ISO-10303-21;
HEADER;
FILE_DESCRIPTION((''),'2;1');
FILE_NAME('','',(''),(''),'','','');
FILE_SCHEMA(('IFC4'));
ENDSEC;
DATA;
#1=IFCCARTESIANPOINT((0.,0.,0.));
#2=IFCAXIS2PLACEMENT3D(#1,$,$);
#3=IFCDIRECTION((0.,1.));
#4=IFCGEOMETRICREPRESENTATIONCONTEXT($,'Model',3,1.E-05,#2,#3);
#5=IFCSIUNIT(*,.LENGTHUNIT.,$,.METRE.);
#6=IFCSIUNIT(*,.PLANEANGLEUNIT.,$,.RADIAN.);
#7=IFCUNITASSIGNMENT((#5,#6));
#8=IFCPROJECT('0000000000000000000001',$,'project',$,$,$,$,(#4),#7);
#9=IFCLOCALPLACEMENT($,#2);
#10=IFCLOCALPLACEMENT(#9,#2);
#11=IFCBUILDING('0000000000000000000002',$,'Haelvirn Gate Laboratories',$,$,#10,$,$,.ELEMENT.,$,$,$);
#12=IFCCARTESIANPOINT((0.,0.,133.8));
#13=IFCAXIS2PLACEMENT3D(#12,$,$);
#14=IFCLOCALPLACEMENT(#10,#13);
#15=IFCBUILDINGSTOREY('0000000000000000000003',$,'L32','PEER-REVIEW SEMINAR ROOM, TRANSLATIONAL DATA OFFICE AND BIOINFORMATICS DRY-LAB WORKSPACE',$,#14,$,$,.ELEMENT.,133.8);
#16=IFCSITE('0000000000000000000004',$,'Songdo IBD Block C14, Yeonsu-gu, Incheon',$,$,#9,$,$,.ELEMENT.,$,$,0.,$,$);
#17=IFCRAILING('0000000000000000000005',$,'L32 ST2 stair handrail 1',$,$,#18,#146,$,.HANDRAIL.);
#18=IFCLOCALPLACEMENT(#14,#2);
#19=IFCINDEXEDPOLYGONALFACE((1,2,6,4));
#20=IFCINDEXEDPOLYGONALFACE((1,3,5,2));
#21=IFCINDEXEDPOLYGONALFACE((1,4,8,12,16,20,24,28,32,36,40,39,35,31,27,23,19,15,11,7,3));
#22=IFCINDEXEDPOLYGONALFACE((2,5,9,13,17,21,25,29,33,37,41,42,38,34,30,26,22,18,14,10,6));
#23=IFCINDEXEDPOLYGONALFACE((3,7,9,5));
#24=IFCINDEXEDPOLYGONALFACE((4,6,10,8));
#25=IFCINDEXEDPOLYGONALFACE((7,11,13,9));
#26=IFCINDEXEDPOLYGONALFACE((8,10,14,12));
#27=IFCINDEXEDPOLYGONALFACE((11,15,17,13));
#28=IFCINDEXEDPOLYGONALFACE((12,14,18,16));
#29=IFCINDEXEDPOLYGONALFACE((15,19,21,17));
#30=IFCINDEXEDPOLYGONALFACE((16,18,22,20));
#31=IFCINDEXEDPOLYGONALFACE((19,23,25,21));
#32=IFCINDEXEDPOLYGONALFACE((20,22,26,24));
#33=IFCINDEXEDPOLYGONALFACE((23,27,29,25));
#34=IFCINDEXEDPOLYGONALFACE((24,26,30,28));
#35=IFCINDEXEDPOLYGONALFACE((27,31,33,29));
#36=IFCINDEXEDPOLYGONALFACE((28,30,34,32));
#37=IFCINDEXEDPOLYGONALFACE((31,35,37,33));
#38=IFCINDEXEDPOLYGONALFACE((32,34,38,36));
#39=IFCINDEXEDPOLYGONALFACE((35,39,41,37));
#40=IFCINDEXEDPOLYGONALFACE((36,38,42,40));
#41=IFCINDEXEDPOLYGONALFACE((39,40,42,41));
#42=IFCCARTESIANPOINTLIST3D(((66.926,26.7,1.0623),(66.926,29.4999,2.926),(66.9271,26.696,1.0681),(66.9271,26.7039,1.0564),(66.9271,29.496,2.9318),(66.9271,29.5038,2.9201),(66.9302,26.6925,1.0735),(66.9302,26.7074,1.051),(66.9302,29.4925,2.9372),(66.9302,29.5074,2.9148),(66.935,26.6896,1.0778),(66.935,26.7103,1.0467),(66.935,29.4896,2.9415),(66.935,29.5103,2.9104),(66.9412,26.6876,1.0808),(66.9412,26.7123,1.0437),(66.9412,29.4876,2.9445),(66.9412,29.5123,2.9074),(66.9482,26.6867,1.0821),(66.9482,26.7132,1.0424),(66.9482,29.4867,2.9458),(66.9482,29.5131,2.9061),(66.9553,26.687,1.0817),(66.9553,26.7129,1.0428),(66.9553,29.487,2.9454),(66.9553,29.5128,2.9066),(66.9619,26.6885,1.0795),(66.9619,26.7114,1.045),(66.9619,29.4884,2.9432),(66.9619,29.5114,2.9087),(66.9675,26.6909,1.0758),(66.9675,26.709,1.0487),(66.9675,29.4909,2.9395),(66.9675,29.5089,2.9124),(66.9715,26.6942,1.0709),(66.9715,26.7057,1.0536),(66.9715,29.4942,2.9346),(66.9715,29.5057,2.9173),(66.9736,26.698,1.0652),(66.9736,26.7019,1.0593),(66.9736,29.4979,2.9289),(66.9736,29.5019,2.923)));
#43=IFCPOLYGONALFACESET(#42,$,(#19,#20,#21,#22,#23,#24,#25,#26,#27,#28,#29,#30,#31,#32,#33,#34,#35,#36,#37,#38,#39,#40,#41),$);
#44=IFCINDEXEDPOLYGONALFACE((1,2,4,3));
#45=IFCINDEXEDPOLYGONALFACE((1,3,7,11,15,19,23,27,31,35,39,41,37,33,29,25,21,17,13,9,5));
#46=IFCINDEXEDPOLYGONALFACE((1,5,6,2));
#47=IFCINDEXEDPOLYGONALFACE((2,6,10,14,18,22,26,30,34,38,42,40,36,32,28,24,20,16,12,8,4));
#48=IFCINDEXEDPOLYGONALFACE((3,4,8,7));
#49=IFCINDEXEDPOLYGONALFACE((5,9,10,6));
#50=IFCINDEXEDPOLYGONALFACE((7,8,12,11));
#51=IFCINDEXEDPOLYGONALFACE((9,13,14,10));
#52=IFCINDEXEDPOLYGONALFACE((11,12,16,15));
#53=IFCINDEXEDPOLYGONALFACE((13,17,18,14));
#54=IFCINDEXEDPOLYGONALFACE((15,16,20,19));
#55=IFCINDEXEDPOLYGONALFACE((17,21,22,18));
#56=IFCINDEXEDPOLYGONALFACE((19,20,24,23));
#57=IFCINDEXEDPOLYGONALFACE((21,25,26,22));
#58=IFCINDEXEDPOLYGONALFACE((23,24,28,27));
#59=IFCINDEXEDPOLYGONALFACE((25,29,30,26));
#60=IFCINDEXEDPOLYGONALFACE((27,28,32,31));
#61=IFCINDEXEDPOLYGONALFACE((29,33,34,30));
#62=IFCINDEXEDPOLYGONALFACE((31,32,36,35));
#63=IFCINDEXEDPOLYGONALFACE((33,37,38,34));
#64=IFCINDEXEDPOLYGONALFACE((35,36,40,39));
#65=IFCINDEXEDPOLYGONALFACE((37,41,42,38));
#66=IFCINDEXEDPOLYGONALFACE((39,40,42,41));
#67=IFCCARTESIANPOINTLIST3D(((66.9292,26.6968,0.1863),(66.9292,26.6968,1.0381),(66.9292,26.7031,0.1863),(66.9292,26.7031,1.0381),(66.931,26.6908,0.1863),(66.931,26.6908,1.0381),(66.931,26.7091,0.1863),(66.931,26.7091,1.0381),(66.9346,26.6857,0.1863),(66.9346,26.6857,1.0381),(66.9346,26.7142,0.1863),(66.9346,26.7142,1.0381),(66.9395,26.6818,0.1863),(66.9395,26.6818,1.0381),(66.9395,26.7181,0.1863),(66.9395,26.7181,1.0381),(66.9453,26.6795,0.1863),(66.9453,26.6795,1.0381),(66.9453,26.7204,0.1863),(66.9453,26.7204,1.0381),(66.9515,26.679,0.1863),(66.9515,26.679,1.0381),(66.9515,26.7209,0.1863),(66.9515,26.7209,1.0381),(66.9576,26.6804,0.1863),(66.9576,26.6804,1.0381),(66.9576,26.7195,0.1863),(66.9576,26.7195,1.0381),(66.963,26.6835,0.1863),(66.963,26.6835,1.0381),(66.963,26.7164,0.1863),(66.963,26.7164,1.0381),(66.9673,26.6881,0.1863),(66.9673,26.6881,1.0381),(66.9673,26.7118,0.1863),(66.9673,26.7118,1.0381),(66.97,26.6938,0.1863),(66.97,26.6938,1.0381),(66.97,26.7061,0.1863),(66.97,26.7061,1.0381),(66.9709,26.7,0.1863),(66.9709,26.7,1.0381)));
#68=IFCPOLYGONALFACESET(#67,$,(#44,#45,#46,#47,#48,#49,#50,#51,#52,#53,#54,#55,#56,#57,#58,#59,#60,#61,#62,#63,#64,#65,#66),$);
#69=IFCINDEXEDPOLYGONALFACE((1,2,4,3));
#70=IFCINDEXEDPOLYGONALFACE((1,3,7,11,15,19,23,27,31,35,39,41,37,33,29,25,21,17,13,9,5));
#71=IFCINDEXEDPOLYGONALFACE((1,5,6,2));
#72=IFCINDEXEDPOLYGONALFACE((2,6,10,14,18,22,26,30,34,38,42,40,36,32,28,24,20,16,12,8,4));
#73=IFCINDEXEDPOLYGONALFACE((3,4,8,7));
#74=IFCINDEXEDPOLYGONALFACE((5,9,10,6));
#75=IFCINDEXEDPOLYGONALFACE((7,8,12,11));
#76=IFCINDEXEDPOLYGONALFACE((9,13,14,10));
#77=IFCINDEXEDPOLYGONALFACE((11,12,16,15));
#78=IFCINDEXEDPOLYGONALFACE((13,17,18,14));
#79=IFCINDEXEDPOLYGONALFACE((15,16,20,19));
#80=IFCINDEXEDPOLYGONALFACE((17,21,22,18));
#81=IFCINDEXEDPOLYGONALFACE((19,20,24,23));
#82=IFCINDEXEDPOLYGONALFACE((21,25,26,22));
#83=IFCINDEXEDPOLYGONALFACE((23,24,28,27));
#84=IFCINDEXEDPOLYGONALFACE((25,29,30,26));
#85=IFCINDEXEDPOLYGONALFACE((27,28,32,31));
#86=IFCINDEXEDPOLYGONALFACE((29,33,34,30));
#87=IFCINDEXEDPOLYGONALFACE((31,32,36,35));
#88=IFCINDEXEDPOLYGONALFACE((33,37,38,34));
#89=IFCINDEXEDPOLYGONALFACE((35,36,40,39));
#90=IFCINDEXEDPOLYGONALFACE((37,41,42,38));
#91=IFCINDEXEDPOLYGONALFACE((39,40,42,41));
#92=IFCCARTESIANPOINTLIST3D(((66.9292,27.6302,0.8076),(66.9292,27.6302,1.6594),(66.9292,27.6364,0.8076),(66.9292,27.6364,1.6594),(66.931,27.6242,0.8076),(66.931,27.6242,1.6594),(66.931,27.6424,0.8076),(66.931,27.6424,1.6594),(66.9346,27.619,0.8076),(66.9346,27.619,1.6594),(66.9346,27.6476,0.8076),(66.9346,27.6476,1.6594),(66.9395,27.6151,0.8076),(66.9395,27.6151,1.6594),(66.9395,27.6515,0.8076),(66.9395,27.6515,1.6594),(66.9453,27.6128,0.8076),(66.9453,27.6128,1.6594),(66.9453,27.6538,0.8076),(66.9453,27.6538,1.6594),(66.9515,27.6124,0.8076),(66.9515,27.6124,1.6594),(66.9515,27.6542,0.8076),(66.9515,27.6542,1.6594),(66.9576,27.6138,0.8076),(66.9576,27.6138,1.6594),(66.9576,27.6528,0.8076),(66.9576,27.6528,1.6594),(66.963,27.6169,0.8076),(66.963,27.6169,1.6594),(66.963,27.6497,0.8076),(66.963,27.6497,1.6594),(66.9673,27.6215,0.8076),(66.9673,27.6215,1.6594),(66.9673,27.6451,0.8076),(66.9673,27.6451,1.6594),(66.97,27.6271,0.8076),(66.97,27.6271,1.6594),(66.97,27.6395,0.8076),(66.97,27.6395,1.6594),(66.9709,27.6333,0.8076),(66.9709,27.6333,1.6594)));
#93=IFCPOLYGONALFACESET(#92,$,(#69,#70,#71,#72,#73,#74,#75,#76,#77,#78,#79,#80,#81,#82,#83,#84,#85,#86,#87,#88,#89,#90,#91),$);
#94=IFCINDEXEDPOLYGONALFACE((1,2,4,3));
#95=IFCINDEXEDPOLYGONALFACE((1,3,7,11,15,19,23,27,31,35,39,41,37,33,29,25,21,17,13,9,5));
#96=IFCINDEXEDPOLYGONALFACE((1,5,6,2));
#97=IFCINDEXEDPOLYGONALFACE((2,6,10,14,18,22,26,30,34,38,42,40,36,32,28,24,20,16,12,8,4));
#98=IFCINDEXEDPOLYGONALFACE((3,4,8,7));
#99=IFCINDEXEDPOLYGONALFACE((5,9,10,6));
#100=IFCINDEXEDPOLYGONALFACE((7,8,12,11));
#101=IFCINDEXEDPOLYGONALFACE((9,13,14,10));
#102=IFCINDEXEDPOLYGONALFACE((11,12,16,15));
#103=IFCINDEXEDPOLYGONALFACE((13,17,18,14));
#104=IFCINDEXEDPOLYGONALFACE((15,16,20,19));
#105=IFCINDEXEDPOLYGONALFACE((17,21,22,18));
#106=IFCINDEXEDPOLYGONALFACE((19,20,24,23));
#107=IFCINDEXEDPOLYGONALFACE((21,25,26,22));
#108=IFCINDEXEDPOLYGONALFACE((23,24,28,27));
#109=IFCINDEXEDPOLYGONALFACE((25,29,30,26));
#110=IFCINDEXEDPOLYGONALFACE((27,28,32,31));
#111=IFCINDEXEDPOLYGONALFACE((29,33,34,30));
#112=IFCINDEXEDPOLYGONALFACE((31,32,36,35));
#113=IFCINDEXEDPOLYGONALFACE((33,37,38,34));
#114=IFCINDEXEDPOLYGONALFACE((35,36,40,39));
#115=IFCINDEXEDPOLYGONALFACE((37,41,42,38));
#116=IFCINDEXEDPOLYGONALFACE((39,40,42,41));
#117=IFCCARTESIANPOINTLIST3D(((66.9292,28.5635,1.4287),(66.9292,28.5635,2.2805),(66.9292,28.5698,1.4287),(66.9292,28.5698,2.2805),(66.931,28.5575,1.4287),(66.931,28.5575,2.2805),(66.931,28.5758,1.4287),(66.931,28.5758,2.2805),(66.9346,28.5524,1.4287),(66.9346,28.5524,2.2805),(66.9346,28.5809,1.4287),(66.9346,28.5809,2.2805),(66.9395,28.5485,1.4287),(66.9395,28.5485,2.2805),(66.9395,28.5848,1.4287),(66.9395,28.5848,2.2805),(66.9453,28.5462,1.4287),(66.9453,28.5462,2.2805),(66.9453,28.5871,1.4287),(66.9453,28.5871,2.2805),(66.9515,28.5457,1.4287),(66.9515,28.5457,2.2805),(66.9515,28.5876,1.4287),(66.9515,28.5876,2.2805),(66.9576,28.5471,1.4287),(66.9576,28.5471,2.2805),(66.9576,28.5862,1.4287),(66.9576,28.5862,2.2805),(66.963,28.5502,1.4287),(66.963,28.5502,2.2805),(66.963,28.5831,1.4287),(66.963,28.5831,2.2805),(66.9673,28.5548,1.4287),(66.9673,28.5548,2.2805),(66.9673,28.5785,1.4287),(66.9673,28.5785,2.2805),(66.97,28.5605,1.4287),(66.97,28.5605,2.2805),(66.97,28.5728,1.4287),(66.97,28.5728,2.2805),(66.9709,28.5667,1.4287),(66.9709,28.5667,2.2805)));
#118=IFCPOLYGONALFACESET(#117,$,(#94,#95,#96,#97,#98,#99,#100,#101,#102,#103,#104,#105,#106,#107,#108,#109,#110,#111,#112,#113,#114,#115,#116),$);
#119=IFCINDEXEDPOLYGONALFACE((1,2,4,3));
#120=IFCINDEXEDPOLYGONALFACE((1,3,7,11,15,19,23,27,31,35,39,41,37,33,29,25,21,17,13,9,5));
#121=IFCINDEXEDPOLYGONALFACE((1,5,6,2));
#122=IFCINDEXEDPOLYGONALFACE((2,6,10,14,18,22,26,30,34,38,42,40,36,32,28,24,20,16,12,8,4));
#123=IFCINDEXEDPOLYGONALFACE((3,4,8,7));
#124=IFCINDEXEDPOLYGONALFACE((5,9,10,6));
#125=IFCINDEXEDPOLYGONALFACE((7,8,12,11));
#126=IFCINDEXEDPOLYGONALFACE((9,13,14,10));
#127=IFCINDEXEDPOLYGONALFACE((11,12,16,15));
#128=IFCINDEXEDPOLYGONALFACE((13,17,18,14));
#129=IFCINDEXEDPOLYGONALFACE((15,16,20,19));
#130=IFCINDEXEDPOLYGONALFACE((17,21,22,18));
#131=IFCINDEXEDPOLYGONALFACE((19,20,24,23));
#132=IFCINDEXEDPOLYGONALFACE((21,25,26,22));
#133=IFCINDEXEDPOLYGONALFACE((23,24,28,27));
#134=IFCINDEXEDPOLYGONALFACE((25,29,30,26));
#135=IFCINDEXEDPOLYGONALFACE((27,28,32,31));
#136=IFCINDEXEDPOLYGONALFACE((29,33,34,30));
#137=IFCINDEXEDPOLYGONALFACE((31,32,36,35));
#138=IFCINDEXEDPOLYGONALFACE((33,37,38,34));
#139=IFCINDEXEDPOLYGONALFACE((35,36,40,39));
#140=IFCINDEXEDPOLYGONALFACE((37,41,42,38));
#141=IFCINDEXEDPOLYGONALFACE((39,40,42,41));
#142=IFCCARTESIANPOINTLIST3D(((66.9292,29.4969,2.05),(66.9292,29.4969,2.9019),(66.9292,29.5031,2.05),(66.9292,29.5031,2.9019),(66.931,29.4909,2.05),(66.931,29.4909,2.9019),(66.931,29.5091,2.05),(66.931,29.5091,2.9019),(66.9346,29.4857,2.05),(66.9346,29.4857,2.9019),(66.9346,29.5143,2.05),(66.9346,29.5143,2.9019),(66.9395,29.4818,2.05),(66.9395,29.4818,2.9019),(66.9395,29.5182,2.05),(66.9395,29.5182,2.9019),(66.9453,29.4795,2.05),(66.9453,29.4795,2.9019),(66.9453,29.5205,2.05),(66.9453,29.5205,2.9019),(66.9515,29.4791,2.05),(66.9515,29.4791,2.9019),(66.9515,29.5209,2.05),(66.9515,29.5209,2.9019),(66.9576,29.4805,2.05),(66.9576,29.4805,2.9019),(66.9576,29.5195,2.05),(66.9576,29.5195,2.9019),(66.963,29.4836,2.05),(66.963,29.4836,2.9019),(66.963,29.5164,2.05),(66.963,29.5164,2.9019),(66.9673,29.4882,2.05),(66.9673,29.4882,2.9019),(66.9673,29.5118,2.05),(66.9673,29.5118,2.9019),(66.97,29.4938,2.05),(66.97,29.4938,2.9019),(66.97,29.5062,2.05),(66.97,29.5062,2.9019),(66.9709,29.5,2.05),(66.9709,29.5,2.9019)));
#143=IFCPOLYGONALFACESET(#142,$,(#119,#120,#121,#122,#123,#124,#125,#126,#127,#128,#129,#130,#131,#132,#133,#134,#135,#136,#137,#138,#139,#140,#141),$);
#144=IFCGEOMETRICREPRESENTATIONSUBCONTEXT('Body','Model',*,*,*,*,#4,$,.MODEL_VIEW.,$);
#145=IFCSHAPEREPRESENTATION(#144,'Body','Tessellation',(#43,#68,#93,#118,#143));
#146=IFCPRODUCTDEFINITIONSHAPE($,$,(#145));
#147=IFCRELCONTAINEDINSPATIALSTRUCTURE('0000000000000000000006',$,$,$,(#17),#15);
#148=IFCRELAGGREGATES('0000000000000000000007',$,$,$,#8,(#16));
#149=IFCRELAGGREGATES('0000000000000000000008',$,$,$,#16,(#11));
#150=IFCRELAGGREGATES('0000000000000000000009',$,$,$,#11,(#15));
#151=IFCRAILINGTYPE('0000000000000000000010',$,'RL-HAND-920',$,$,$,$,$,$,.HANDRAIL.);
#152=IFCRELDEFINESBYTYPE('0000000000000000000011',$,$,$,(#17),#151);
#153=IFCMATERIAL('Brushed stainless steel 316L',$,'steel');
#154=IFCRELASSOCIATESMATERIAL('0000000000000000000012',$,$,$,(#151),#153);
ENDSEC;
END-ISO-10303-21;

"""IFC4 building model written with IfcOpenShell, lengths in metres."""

from ifc_helpers import new_model, si_unit, direction, frame, origin, origin_2d, place, context, subcontext, project, spatial, circle, extrude, source, transform, mapped, material, type_object, element, save


model = new_model("IFC4")

# Units and contexts
model_context = context("Model", 3, precision=1e-05, world=origin(), true_north=direction((0.0, 1.0)))
body_context = subcontext(model_context, "Body", "Model", "MODEL_VIEW")
ifc_project = project(units=[si_unit("LENGTHUNIT", "METRE"), si_unit("PLANEANGLEUNIT", "RADIAN")], contexts=[model_context])

# Site, building, storey
site_placement = place(None, origin())
site = spatial("IfcSite", under=ifc_project, at=site_placement, Name="Songdo IBD Block C14, Yeonsu-gu, Incheon", CompositionType="ELEMENT", RefElevation=0.0)
building_placement = place(site_placement, origin())
building = spatial("IfcBuilding", under=site, at=building_placement, Name="Haelvirn Gate Laboratories", CompositionType="ELEMENT")
storey_placement = place(building_placement, frame((0.0, 0.0, 133.8)))
storey = spatial("IfcBuildingStorey", under=building, at=storey_placement, Name="L32", Description="PEER-REVIEW SEMINAR ROOM, TRANSLATIONAL DATA OFFICE AND BIOINFORMATICS DRY-LAB WORKSPACE", CompositionType="ELEMENT", Elevation=133.8)

# Railing
ifc_material_1 = material(Name="Brushed stainless steel 316L", Category="steel")
railing_type_1 = type_object("IfcRailingType", Name="RL-HAND-920", PredefinedType="HANDRAIL", material=ifc_material_1)
shared_shape_1 = source(origin(), body_context, "Body", "SweptSolid", [
    extrude(circle(Radius=0.0239, at=origin_2d()), frame((0.0, 0.0, 0.876), z_axis=(0.0, 0.832452, 0.554097), x_axis=(-1.0, 0.0, 0.0)), (0.0, 0.0, 1.0), 3.3635),
    extrude(circle(Radius=0.021, at=origin_2d()), origin(), (0.0, 0.0, 1.0), 0.8518),
    extrude(circle(Radius=0.021, at=origin_2d()), frame((0.0, 0.9333, 0.6213)), (0.0, 0.0, 1.0), 0.8518),
    extrude(circle(Radius=0.021, at=origin_2d()), frame((0.0, 1.8667, 1.2424)), (0.0, 0.0, 1.0), 0.8518),
    extrude(circle(Radius=0.021, at=origin_2d()), frame((0.0, 2.8, 1.8638)), (0.0, 0.0, 1.0), 0.8518),
])
railing_1_placement = place(storey_placement, frame((66.95, 26.7, 0.1863)))
element("IfcRailing", 1, at=railing_1_placement, inside=storey, type_object=railing_type_1, Name="L32 ST2 stair handrail 1", PredefinedType="HANDRAIL", context=body_context, shape_type="MappedRepresentation", body=[
    mapped(shared_shape_1, transform((0.0, 0.0, 0.0), scale=1.0)),
])

save(model, "model.ifc")
